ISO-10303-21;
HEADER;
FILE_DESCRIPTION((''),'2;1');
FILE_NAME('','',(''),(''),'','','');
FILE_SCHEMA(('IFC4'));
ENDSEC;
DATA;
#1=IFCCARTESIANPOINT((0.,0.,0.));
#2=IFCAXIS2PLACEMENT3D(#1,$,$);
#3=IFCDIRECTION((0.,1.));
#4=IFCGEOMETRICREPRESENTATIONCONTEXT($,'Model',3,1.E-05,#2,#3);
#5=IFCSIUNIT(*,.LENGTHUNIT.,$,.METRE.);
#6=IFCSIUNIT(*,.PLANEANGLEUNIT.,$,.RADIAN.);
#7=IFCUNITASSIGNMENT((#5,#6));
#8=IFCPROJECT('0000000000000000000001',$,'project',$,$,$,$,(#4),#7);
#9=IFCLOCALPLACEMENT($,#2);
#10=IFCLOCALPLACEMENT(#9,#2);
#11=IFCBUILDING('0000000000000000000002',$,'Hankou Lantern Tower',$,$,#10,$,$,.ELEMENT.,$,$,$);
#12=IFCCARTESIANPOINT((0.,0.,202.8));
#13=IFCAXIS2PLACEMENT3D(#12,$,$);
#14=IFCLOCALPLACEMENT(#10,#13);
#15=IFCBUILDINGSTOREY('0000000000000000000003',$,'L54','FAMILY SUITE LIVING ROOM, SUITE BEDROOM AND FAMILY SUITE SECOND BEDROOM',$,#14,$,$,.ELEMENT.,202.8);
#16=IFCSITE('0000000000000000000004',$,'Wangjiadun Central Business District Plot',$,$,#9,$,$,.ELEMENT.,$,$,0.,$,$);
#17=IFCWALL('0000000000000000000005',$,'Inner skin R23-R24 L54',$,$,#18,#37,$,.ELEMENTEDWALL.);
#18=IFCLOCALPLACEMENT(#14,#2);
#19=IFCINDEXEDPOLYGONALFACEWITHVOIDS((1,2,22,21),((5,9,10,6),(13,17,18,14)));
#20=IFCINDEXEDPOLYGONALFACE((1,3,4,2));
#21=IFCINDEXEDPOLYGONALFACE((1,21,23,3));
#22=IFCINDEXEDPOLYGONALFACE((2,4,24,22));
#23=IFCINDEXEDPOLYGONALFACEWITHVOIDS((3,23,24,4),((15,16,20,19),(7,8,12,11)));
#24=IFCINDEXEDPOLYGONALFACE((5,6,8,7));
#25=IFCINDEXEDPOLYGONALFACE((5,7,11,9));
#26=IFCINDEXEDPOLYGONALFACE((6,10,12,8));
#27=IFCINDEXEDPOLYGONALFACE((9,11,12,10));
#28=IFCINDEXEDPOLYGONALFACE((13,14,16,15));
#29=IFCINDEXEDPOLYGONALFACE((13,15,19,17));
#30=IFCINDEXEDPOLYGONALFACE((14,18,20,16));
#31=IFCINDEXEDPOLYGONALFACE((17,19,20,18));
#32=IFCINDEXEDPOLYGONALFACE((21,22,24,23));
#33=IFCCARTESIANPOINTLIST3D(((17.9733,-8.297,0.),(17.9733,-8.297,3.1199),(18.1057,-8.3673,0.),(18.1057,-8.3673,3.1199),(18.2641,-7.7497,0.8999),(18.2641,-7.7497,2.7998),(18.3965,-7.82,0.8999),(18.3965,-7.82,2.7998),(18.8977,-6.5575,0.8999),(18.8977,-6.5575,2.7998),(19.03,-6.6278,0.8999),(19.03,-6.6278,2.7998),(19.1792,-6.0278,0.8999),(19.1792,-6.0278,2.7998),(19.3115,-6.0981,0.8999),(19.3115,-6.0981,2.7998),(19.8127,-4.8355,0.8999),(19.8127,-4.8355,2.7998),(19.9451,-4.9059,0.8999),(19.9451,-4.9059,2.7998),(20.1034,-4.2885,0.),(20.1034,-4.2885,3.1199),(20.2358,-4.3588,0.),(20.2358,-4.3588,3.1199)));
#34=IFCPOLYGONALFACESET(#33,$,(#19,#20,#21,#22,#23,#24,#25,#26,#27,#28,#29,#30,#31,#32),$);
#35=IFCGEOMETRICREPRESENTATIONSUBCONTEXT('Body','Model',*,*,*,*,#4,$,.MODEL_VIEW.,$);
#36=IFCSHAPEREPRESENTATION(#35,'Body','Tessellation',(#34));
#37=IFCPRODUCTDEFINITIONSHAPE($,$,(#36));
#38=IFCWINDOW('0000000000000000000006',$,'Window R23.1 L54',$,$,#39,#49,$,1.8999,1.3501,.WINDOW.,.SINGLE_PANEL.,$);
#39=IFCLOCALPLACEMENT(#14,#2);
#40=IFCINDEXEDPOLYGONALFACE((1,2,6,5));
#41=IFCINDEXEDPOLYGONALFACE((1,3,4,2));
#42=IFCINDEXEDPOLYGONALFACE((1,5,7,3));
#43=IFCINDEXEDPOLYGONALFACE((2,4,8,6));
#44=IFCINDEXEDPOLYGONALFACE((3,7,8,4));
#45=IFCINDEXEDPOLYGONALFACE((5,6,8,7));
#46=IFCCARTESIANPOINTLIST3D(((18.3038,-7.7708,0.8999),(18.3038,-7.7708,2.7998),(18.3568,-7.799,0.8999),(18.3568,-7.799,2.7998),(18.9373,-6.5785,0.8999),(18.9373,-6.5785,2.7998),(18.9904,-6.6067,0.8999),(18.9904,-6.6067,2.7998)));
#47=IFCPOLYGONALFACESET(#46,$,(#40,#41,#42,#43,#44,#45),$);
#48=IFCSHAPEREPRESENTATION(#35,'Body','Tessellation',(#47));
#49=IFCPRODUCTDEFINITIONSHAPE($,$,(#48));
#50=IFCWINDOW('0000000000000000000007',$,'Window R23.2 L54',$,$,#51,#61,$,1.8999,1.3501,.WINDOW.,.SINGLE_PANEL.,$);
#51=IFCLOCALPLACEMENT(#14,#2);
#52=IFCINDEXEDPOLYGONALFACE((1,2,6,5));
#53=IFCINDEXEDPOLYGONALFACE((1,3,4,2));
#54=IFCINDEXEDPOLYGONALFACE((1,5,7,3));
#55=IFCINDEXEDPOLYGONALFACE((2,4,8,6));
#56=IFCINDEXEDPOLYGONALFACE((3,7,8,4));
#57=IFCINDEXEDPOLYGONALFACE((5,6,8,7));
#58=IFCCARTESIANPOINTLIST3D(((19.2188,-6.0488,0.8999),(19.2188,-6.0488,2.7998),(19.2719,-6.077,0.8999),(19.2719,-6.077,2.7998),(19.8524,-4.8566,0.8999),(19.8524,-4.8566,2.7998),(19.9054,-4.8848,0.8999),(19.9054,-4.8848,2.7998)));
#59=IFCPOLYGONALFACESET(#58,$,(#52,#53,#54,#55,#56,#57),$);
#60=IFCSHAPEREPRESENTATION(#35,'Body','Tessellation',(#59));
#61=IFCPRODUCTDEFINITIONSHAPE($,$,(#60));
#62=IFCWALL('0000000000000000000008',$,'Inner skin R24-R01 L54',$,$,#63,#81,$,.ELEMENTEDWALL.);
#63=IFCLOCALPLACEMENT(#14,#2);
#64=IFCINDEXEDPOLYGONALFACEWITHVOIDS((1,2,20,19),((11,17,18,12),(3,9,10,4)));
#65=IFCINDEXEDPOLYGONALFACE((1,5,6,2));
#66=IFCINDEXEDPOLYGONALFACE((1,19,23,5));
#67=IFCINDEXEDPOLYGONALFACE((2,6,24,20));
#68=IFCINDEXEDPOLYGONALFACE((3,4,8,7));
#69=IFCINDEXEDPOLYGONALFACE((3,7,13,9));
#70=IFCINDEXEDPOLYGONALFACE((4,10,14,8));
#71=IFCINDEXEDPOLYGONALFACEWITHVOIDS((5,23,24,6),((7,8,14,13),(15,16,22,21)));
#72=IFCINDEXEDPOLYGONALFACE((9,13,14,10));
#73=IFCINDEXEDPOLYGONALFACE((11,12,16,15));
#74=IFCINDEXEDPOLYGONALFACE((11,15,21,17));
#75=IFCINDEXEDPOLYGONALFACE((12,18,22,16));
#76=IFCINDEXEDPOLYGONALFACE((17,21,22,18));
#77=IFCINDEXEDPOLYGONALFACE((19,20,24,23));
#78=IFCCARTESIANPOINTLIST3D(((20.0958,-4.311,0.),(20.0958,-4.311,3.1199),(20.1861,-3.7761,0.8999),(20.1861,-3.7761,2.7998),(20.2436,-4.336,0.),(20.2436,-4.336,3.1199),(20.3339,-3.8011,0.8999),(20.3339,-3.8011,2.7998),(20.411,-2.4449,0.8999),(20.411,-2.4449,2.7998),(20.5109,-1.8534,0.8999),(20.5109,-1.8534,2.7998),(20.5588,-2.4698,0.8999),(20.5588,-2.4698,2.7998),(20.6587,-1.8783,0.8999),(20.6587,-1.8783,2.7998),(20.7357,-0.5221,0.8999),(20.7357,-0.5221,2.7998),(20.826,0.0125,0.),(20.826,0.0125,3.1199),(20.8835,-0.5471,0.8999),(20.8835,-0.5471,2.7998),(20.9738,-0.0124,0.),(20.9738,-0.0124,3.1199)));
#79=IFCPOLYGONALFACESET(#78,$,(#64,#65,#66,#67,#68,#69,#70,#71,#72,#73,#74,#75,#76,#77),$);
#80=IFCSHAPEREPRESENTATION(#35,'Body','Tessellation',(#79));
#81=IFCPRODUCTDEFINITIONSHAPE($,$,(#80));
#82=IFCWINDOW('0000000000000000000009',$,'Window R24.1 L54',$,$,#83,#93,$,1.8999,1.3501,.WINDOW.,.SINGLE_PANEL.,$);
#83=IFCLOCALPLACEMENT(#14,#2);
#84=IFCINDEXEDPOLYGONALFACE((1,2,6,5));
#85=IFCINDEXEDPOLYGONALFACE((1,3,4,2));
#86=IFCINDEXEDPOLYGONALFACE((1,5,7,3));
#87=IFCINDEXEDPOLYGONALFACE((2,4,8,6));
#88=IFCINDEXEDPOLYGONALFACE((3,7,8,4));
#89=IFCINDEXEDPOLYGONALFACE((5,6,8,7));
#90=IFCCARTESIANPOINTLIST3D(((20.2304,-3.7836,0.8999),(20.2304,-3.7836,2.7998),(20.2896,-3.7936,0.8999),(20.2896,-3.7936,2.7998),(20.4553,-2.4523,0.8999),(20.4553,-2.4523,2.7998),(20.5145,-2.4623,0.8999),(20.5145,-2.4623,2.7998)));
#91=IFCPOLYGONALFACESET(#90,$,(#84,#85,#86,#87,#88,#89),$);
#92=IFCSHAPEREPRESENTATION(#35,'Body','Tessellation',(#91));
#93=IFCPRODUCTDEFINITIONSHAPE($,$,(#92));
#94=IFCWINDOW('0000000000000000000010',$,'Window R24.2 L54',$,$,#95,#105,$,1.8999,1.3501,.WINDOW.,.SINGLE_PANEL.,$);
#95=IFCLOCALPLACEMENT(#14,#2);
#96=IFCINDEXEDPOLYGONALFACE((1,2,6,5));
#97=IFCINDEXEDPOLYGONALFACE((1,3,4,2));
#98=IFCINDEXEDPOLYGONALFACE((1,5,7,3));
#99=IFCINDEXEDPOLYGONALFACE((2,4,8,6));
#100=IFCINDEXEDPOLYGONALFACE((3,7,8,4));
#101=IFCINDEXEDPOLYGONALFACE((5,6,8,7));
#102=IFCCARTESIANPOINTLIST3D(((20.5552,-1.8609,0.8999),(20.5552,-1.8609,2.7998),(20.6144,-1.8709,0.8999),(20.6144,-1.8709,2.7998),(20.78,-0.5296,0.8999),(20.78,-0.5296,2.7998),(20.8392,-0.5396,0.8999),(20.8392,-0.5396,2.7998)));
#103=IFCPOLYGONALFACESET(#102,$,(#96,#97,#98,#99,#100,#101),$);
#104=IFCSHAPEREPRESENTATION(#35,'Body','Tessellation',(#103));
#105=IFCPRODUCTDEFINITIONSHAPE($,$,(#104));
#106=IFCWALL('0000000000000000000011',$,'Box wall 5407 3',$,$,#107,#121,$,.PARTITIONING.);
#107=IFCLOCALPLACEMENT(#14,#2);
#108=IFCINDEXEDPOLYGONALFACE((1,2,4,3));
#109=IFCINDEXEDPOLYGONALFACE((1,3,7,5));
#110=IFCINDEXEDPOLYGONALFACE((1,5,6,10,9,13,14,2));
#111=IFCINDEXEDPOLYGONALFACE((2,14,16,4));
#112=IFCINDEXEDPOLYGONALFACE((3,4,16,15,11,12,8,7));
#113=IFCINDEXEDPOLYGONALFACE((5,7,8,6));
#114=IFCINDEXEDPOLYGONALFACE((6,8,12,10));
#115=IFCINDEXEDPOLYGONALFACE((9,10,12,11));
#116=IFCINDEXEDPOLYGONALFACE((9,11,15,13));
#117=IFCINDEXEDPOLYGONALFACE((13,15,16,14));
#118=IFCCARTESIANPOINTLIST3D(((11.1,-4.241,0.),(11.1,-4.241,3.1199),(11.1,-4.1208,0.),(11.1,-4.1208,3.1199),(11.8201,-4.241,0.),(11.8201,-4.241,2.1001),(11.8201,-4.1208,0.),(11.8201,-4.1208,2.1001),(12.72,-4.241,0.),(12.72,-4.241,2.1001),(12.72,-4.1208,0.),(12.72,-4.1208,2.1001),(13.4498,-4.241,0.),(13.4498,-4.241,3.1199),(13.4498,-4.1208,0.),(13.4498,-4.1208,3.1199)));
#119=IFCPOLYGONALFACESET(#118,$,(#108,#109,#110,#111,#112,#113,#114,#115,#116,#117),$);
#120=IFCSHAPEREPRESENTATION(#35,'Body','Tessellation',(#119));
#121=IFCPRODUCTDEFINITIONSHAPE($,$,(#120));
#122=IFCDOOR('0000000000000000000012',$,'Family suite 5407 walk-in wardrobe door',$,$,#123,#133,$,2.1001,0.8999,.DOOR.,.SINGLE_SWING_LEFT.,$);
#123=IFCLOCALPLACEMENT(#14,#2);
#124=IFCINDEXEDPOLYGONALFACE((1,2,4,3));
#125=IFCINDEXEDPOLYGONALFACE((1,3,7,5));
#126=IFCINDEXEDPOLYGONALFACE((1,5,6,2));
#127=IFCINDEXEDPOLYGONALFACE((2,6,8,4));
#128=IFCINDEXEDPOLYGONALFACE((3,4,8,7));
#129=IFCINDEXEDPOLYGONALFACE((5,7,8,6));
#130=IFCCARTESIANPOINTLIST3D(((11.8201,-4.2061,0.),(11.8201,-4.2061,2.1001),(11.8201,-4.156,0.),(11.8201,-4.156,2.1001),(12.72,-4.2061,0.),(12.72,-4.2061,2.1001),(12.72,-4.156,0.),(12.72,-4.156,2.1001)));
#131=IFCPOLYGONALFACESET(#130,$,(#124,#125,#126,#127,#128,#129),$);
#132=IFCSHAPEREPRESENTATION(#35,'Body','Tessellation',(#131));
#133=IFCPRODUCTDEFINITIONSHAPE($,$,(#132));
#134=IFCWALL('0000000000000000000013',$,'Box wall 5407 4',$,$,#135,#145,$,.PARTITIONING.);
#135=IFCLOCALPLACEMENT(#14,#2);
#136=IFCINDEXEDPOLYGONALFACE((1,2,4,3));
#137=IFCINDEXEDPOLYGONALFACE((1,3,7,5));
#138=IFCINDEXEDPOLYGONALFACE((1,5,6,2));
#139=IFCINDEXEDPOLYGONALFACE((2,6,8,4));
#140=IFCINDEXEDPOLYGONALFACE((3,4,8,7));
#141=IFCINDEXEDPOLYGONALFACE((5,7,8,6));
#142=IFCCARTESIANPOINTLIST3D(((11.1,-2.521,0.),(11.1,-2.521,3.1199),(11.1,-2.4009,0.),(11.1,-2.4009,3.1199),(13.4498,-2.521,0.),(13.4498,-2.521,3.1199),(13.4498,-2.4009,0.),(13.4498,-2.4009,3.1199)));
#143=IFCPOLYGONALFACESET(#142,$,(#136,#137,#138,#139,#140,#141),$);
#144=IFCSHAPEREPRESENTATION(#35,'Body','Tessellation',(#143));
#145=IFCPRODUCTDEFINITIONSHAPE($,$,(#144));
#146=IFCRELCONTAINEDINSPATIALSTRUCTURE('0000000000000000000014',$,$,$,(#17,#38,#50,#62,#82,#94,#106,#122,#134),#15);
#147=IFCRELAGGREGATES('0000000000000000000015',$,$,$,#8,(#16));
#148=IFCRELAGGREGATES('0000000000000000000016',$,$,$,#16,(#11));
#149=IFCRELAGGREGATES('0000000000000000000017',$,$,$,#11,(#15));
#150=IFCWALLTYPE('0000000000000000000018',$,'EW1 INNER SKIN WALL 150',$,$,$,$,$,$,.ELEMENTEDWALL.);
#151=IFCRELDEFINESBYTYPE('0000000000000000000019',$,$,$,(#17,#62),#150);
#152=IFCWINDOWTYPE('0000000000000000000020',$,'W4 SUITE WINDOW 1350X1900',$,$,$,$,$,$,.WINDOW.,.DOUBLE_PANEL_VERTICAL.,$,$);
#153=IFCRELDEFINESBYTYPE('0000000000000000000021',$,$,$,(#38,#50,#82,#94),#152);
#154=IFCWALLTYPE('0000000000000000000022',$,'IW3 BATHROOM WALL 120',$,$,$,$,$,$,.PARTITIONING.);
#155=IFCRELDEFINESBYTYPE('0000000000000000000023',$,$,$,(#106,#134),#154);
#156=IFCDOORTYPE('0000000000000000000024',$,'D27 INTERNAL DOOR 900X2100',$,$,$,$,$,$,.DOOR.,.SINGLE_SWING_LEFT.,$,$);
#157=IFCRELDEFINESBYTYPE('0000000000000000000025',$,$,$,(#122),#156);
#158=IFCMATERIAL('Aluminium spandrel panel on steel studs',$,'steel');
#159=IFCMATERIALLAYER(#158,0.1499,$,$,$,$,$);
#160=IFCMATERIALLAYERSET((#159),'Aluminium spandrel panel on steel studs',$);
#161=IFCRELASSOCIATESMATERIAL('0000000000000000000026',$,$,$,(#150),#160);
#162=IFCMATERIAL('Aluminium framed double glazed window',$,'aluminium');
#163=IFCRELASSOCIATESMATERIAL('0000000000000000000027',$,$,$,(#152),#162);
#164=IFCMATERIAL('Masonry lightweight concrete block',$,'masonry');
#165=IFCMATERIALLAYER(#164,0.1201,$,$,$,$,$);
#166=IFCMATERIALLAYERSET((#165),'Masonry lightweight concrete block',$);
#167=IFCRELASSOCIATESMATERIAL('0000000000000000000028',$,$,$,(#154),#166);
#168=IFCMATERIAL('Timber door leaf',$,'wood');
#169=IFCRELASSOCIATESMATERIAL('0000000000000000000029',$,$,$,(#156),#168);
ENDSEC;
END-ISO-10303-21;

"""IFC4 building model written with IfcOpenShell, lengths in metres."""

from ifc_helpers import new_model, si_unit, direction, frame, frame_2d, origin, place, context, subcontext, project, spatial, rectangle, extrude, material, layer, layer_set, type_object, element, fill, save


model = new_model("IFC4")

# Units and contexts
model_context = context("Model", 3, precision=1e-05, world=origin(), true_north=direction((0.0, 1.0)))
body_context = subcontext(model_context, "Body", "Model", "MODEL_VIEW")
ifc_project = project(units=[si_unit("LENGTHUNIT", "METRE"), si_unit("PLANEANGLEUNIT", "RADIAN")], contexts=[model_context])

# Site, building, storey
site_placement = place(None, origin())
site = spatial("IfcSite", under=ifc_project, at=site_placement, Name="Wangjiadun Central Business District Plot", CompositionType="ELEMENT", RefElevation=0.0)
building_placement = place(site_placement, origin())
building = spatial("IfcBuilding", under=site, at=building_placement, Name="Hankou Lantern Tower", CompositionType="ELEMENT")
storey_placement = place(building_placement, frame((0.0, 0.0, 202.8)))
storey = spatial("IfcBuildingStorey", under=building, at=storey_placement, Name="L54", Description="FAMILY SUITE LIVING ROOM, SUITE BEDROOM AND FAMILY SUITE SECOND BEDROOM", CompositionType="ELEMENT", Elevation=202.8)

# Walls, openings, windows
ifc_material_1 = material(Name="Aluminium spandrel panel on steel studs", Category="steel")
ifc_layer_1 = layer(ifc_material_1, 0.1499)
ifc_layer_set_1 = layer_set([ifc_layer_1], Name="Aluminium spandrel panel on steel studs")
wall_type_1 = type_object("IfcWallType", Name="EW1 INNER SKIN WALL 150", PredefinedType="ELEMENTEDWALL", material=ifc_layer_set_1)
wall_1_placement = place(storey_placement, frame((18.0396, -8.332, 0.0), z_axis=(0.0, 0.0, 1.0), x_axis=(0.469256, 0.883062, 0.0)))
wall_1 = element("IfcWall", 1, at=wall_1_placement, inside=storey, type_object=wall_type_1, Name="Inner skin R23-R24 L54", PredefinedType="ELEMENTEDWALL", context=body_context, shape_type="SweptSolid", body=[
    extrude(rectangle(XDim=4.5393, YDim=0.1499, at=frame_2d((2.2695, 0.0))), origin(), (0.0, 0.0, 1.0), 3.1199),
])
opening_1_placement = place(wall_1_placement, frame((0.6196, 0.0, 0.8999)))
opening_1 = element("IfcOpeningElement", 2, at=opening_1_placement, cuts=wall_1, PredefinedType="OPENING", context=body_context, shape_type="SweptSolid", body=[
    extrude(rectangle(XDim=1.3501, YDim=1.8999, at=frame_2d((0.675, 0.95))), frame((0.0, 0.085, 0.0), z_axis=(0.0, -1.0, 0.0), x_axis=(1.0, 0.0, 0.0)), (0.0, 0.0, 1.0), 0.1699),
])
opening_2_placement = place(wall_1_placement, frame((2.5696, 0.0, 0.8999)))
opening_2 = element("IfcOpeningElement", 3, at=opening_2_placement, cuts=wall_1, PredefinedType="OPENING", context=body_context, shape_type="SweptSolid", body=[
    extrude(rectangle(XDim=1.3501, YDim=1.8999, at=frame_2d((0.675, 0.95))), frame((0.0, 0.085, 0.0), z_axis=(0.0, -1.0, 0.0), x_axis=(1.0, 0.0, 0.0)), (0.0, 0.0, 1.0), 0.1699),
])
ifc_material_2 = material(Name="Aluminium framed double glazed window", Category="aluminium")
window_type = type_object("IfcWindowType", Name="W4 SUITE WINDOW 1350X1900", PartitioningType="DOUBLE_PANEL_VERTICAL", PredefinedType="WINDOW", material=ifc_material_2)
window_1_placement = place(opening_1_placement, origin())
window_1 = element("IfcWindow", 4, at=window_1_placement, inside=storey, type_object=window_type, Name="Window R23.1 L54", OverallHeight=1.8999, OverallWidth=1.3501, PartitioningType="SINGLE_PANEL", PredefinedType="WINDOW", context=body_context, shape_type="SweptSolid", body=[
    extrude(rectangle(XDim=1.3501, YDim=1.8999, at=frame_2d((0.675, 0.95))), frame((0.0, 0.03, 0.0), z_axis=(0.0, -1.0, 0.0), x_axis=(1.0, 0.0, 0.0)), (0.0, 0.0, 1.0), 0.0601),
])
fill(opening_1, window_1)
window_2_placement = place(opening_2_placement, origin())
window_2 = element("IfcWindow", 5, at=window_2_placement, inside=storey, type_object=window_type, Name="Window R23.2 L54", OverallHeight=1.8999, OverallWidth=1.3501, PartitioningType="SINGLE_PANEL", PredefinedType="WINDOW", context=body_context, shape_type="SweptSolid", body=[
    extrude(rectangle(XDim=1.3501, YDim=1.8999, at=frame_2d((0.675, 0.95))), frame((0.0, 0.03, 0.0), z_axis=(0.0, -1.0, 0.0), x_axis=(1.0, 0.0, 0.0)), (0.0, 0.0, 1.0), 0.0601),
])
fill(opening_2, window_2)
wall_2_placement = place(storey_placement, frame((20.1697, -4.3235, 0.0), z_axis=(0.0, 0.0, 1.0), x_axis=(0.166539, 0.986035, 0.0)))
wall_2 = element("IfcWall", 6, at=wall_2_placement, inside=storey, type_object=wall_type_1, Name="Inner skin R24-R01 L54", PredefinedType="ELEMENTEDWALL", context=body_context, shape_type="SweptSolid", body=[
    extrude(rectangle(XDim=4.3848, YDim=0.1499, at=frame_2d((2.1924, 0.0))), origin(), (0.0, 0.0, 1.0), 3.1199),
])
opening_3_placement = place(wall_2_placement, frame((0.5425, 0.0, 0.8999)))
opening_3 = element("IfcOpeningElement", 7, at=opening_3_placement, cuts=wall_2, PredefinedType="OPENING", context=body_context, shape_type="SweptSolid", body=[
    extrude(rectangle(XDim=1.3501, YDim=1.8999, at=frame_2d((0.675, 0.95))), frame((0.0, 0.085, 0.0), z_axis=(0.0, -1.0, 0.0), x_axis=(1.0, 0.0, 0.0)), (0.0, 0.0, 1.0), 0.1699),
])
opening_4_placement = place(wall_2_placement, frame((2.4924, 0.0, 0.8999)))
opening_4 = element("IfcOpeningElement", 8, at=opening_4_placement, cuts=wall_2, PredefinedType="OPENING", context=body_context, shape_type="SweptSolid", body=[
    extrude(rectangle(XDim=1.3501, YDim=1.8999, at=frame_2d((0.675, 0.95))), frame((0.0, 0.085, 0.0), z_axis=(0.0, -1.0, 0.0), x_axis=(1.0, 0.0, 0.0)), (0.0, 0.0, 1.0), 0.1699),
])
window_3_placement = place(opening_3_placement, origin())
window_3 = element("IfcWindow", 9, at=window_3_placement, inside=storey, type_object=window_type, Name="Window R24.1 L54", OverallHeight=1.8999, OverallWidth=1.3501, PartitioningType="SINGLE_PANEL", PredefinedType="WINDOW", context=body_context, shape_type="SweptSolid", body=[
    extrude(rectangle(XDim=1.3501, YDim=1.8999, at=frame_2d((0.675, 0.95))), frame((0.0, 0.03, 0.0), z_axis=(0.0, -1.0, 0.0), x_axis=(1.0, 0.0, 0.0)), (0.0, 0.0, 1.0), 0.0601),
])
fill(opening_3, window_3)
window_4_placement = place(opening_4_placement, origin())
window_4 = element("IfcWindow", 10, at=window_4_placement, inside=storey, type_object=window_type, Name="Window R24.2 L54", OverallHeight=1.8999, OverallWidth=1.3501, PartitioningType="SINGLE_PANEL", PredefinedType="WINDOW", context=body_context, shape_type="SweptSolid", body=[
    extrude(rectangle(XDim=1.3501, YDim=1.8999, at=frame_2d((0.675, 0.95))), frame((0.0, 0.03, 0.0), z_axis=(0.0, -1.0, 0.0), x_axis=(1.0, 0.0, 0.0)), (0.0, 0.0, 1.0), 0.0601),
])
fill(opening_4, window_4)

# Wall, opening, door
ifc_material_3 = material(Name="Masonry lightweight concrete block", Category="masonry")
ifc_layer_2 = layer(ifc_material_3, 0.1201)
ifc_layer_set_2 = layer_set([ifc_layer_2], Name="Masonry lightweight concrete block")
wall_type_2 = type_object("IfcWallType", Name="IW3 BATHROOM WALL 120", PredefinedType="PARTITIONING", material=ifc_layer_set_2)
wall_3_placement = place(storey_placement, frame((11.1001, -4.1809, 0.0), z_axis=(0.0, 0.0, 1.0), x_axis=(1.0, 0.0, 0.0)))
wall_3 = element("IfcWall", 11, at=wall_3_placement, inside=storey, type_object=wall_type_2, Name="Box wall 5407 3", PredefinedType="PARTITIONING", context=body_context, shape_type="SweptSolid", body=[
    extrude(rectangle(XDim=2.3499, YDim=0.1201, at=frame_2d((1.1748, 0.0))), origin(), (0.0, 0.0, 1.0), 3.1199),
])
opening_5_placement = place(wall_3_placement, frame((0.72, 0.0, 0.0)))
opening_5 = element("IfcOpeningElement", 12, at=opening_5_placement, cuts=wall_3, PredefinedType="OPENING", context=body_context, shape_type="SweptSolid", body=[
    extrude(rectangle(XDim=0.8999, YDim=2.1001, at=frame_2d((0.45, 1.05))), frame((0.0, 0.0701, 0.0), z_axis=(0.0, -1.0, 0.0), x_axis=(1.0, 0.0, 0.0)), (0.0, 0.0, 1.0), 0.1401),
])
ifc_material_4 = material(Name="Timber door leaf", Category="wood")
door_type = type_object("IfcDoorType", Name="D27 INTERNAL DOOR 900X2100", OperationType="SINGLE_SWING_LEFT", PredefinedType="DOOR", material=ifc_material_4)
door_1_placement = place(opening_5_placement, origin())
door_1 = element("IfcDoor", 13, at=door_1_placement, inside=storey, type_object=door_type, Name="Family suite 5407 walk-in wardrobe door", OperationType="SINGLE_SWING_LEFT", OverallHeight=2.1001, OverallWidth=0.8999, PredefinedType="DOOR", context=body_context, shape_type="SweptSolid", body=[
    extrude(rectangle(XDim=0.8999, YDim=2.1001, at=frame_2d((0.45, 1.05))), frame((0.0, 0.0249, 0.0), z_axis=(0.0, -1.0, 0.0), x_axis=(1.0, 0.0, 0.0)), (0.0, 0.0, 1.0), 0.05),
])
fill(opening_5, door_1)

# Wall
wall_4_placement = place(storey_placement, frame((11.1001, -2.4609, 0.0), z_axis=(0.0, 0.0, 1.0), x_axis=(1.0, 0.0, 0.0)))
element("IfcWall", 14, at=wall_4_placement, inside=storey, type_object=wall_type_2, Name="Box wall 5407 4", PredefinedType="PARTITIONING", context=body_context, shape_type="SweptSolid", body=[
    extrude(rectangle(XDim=2.3499, YDim=0.1201, at=frame_2d((1.1748, 0.0))), origin(), (0.0, 0.0, 1.0), 3.1199),
])

save(model, "model.ifc")
